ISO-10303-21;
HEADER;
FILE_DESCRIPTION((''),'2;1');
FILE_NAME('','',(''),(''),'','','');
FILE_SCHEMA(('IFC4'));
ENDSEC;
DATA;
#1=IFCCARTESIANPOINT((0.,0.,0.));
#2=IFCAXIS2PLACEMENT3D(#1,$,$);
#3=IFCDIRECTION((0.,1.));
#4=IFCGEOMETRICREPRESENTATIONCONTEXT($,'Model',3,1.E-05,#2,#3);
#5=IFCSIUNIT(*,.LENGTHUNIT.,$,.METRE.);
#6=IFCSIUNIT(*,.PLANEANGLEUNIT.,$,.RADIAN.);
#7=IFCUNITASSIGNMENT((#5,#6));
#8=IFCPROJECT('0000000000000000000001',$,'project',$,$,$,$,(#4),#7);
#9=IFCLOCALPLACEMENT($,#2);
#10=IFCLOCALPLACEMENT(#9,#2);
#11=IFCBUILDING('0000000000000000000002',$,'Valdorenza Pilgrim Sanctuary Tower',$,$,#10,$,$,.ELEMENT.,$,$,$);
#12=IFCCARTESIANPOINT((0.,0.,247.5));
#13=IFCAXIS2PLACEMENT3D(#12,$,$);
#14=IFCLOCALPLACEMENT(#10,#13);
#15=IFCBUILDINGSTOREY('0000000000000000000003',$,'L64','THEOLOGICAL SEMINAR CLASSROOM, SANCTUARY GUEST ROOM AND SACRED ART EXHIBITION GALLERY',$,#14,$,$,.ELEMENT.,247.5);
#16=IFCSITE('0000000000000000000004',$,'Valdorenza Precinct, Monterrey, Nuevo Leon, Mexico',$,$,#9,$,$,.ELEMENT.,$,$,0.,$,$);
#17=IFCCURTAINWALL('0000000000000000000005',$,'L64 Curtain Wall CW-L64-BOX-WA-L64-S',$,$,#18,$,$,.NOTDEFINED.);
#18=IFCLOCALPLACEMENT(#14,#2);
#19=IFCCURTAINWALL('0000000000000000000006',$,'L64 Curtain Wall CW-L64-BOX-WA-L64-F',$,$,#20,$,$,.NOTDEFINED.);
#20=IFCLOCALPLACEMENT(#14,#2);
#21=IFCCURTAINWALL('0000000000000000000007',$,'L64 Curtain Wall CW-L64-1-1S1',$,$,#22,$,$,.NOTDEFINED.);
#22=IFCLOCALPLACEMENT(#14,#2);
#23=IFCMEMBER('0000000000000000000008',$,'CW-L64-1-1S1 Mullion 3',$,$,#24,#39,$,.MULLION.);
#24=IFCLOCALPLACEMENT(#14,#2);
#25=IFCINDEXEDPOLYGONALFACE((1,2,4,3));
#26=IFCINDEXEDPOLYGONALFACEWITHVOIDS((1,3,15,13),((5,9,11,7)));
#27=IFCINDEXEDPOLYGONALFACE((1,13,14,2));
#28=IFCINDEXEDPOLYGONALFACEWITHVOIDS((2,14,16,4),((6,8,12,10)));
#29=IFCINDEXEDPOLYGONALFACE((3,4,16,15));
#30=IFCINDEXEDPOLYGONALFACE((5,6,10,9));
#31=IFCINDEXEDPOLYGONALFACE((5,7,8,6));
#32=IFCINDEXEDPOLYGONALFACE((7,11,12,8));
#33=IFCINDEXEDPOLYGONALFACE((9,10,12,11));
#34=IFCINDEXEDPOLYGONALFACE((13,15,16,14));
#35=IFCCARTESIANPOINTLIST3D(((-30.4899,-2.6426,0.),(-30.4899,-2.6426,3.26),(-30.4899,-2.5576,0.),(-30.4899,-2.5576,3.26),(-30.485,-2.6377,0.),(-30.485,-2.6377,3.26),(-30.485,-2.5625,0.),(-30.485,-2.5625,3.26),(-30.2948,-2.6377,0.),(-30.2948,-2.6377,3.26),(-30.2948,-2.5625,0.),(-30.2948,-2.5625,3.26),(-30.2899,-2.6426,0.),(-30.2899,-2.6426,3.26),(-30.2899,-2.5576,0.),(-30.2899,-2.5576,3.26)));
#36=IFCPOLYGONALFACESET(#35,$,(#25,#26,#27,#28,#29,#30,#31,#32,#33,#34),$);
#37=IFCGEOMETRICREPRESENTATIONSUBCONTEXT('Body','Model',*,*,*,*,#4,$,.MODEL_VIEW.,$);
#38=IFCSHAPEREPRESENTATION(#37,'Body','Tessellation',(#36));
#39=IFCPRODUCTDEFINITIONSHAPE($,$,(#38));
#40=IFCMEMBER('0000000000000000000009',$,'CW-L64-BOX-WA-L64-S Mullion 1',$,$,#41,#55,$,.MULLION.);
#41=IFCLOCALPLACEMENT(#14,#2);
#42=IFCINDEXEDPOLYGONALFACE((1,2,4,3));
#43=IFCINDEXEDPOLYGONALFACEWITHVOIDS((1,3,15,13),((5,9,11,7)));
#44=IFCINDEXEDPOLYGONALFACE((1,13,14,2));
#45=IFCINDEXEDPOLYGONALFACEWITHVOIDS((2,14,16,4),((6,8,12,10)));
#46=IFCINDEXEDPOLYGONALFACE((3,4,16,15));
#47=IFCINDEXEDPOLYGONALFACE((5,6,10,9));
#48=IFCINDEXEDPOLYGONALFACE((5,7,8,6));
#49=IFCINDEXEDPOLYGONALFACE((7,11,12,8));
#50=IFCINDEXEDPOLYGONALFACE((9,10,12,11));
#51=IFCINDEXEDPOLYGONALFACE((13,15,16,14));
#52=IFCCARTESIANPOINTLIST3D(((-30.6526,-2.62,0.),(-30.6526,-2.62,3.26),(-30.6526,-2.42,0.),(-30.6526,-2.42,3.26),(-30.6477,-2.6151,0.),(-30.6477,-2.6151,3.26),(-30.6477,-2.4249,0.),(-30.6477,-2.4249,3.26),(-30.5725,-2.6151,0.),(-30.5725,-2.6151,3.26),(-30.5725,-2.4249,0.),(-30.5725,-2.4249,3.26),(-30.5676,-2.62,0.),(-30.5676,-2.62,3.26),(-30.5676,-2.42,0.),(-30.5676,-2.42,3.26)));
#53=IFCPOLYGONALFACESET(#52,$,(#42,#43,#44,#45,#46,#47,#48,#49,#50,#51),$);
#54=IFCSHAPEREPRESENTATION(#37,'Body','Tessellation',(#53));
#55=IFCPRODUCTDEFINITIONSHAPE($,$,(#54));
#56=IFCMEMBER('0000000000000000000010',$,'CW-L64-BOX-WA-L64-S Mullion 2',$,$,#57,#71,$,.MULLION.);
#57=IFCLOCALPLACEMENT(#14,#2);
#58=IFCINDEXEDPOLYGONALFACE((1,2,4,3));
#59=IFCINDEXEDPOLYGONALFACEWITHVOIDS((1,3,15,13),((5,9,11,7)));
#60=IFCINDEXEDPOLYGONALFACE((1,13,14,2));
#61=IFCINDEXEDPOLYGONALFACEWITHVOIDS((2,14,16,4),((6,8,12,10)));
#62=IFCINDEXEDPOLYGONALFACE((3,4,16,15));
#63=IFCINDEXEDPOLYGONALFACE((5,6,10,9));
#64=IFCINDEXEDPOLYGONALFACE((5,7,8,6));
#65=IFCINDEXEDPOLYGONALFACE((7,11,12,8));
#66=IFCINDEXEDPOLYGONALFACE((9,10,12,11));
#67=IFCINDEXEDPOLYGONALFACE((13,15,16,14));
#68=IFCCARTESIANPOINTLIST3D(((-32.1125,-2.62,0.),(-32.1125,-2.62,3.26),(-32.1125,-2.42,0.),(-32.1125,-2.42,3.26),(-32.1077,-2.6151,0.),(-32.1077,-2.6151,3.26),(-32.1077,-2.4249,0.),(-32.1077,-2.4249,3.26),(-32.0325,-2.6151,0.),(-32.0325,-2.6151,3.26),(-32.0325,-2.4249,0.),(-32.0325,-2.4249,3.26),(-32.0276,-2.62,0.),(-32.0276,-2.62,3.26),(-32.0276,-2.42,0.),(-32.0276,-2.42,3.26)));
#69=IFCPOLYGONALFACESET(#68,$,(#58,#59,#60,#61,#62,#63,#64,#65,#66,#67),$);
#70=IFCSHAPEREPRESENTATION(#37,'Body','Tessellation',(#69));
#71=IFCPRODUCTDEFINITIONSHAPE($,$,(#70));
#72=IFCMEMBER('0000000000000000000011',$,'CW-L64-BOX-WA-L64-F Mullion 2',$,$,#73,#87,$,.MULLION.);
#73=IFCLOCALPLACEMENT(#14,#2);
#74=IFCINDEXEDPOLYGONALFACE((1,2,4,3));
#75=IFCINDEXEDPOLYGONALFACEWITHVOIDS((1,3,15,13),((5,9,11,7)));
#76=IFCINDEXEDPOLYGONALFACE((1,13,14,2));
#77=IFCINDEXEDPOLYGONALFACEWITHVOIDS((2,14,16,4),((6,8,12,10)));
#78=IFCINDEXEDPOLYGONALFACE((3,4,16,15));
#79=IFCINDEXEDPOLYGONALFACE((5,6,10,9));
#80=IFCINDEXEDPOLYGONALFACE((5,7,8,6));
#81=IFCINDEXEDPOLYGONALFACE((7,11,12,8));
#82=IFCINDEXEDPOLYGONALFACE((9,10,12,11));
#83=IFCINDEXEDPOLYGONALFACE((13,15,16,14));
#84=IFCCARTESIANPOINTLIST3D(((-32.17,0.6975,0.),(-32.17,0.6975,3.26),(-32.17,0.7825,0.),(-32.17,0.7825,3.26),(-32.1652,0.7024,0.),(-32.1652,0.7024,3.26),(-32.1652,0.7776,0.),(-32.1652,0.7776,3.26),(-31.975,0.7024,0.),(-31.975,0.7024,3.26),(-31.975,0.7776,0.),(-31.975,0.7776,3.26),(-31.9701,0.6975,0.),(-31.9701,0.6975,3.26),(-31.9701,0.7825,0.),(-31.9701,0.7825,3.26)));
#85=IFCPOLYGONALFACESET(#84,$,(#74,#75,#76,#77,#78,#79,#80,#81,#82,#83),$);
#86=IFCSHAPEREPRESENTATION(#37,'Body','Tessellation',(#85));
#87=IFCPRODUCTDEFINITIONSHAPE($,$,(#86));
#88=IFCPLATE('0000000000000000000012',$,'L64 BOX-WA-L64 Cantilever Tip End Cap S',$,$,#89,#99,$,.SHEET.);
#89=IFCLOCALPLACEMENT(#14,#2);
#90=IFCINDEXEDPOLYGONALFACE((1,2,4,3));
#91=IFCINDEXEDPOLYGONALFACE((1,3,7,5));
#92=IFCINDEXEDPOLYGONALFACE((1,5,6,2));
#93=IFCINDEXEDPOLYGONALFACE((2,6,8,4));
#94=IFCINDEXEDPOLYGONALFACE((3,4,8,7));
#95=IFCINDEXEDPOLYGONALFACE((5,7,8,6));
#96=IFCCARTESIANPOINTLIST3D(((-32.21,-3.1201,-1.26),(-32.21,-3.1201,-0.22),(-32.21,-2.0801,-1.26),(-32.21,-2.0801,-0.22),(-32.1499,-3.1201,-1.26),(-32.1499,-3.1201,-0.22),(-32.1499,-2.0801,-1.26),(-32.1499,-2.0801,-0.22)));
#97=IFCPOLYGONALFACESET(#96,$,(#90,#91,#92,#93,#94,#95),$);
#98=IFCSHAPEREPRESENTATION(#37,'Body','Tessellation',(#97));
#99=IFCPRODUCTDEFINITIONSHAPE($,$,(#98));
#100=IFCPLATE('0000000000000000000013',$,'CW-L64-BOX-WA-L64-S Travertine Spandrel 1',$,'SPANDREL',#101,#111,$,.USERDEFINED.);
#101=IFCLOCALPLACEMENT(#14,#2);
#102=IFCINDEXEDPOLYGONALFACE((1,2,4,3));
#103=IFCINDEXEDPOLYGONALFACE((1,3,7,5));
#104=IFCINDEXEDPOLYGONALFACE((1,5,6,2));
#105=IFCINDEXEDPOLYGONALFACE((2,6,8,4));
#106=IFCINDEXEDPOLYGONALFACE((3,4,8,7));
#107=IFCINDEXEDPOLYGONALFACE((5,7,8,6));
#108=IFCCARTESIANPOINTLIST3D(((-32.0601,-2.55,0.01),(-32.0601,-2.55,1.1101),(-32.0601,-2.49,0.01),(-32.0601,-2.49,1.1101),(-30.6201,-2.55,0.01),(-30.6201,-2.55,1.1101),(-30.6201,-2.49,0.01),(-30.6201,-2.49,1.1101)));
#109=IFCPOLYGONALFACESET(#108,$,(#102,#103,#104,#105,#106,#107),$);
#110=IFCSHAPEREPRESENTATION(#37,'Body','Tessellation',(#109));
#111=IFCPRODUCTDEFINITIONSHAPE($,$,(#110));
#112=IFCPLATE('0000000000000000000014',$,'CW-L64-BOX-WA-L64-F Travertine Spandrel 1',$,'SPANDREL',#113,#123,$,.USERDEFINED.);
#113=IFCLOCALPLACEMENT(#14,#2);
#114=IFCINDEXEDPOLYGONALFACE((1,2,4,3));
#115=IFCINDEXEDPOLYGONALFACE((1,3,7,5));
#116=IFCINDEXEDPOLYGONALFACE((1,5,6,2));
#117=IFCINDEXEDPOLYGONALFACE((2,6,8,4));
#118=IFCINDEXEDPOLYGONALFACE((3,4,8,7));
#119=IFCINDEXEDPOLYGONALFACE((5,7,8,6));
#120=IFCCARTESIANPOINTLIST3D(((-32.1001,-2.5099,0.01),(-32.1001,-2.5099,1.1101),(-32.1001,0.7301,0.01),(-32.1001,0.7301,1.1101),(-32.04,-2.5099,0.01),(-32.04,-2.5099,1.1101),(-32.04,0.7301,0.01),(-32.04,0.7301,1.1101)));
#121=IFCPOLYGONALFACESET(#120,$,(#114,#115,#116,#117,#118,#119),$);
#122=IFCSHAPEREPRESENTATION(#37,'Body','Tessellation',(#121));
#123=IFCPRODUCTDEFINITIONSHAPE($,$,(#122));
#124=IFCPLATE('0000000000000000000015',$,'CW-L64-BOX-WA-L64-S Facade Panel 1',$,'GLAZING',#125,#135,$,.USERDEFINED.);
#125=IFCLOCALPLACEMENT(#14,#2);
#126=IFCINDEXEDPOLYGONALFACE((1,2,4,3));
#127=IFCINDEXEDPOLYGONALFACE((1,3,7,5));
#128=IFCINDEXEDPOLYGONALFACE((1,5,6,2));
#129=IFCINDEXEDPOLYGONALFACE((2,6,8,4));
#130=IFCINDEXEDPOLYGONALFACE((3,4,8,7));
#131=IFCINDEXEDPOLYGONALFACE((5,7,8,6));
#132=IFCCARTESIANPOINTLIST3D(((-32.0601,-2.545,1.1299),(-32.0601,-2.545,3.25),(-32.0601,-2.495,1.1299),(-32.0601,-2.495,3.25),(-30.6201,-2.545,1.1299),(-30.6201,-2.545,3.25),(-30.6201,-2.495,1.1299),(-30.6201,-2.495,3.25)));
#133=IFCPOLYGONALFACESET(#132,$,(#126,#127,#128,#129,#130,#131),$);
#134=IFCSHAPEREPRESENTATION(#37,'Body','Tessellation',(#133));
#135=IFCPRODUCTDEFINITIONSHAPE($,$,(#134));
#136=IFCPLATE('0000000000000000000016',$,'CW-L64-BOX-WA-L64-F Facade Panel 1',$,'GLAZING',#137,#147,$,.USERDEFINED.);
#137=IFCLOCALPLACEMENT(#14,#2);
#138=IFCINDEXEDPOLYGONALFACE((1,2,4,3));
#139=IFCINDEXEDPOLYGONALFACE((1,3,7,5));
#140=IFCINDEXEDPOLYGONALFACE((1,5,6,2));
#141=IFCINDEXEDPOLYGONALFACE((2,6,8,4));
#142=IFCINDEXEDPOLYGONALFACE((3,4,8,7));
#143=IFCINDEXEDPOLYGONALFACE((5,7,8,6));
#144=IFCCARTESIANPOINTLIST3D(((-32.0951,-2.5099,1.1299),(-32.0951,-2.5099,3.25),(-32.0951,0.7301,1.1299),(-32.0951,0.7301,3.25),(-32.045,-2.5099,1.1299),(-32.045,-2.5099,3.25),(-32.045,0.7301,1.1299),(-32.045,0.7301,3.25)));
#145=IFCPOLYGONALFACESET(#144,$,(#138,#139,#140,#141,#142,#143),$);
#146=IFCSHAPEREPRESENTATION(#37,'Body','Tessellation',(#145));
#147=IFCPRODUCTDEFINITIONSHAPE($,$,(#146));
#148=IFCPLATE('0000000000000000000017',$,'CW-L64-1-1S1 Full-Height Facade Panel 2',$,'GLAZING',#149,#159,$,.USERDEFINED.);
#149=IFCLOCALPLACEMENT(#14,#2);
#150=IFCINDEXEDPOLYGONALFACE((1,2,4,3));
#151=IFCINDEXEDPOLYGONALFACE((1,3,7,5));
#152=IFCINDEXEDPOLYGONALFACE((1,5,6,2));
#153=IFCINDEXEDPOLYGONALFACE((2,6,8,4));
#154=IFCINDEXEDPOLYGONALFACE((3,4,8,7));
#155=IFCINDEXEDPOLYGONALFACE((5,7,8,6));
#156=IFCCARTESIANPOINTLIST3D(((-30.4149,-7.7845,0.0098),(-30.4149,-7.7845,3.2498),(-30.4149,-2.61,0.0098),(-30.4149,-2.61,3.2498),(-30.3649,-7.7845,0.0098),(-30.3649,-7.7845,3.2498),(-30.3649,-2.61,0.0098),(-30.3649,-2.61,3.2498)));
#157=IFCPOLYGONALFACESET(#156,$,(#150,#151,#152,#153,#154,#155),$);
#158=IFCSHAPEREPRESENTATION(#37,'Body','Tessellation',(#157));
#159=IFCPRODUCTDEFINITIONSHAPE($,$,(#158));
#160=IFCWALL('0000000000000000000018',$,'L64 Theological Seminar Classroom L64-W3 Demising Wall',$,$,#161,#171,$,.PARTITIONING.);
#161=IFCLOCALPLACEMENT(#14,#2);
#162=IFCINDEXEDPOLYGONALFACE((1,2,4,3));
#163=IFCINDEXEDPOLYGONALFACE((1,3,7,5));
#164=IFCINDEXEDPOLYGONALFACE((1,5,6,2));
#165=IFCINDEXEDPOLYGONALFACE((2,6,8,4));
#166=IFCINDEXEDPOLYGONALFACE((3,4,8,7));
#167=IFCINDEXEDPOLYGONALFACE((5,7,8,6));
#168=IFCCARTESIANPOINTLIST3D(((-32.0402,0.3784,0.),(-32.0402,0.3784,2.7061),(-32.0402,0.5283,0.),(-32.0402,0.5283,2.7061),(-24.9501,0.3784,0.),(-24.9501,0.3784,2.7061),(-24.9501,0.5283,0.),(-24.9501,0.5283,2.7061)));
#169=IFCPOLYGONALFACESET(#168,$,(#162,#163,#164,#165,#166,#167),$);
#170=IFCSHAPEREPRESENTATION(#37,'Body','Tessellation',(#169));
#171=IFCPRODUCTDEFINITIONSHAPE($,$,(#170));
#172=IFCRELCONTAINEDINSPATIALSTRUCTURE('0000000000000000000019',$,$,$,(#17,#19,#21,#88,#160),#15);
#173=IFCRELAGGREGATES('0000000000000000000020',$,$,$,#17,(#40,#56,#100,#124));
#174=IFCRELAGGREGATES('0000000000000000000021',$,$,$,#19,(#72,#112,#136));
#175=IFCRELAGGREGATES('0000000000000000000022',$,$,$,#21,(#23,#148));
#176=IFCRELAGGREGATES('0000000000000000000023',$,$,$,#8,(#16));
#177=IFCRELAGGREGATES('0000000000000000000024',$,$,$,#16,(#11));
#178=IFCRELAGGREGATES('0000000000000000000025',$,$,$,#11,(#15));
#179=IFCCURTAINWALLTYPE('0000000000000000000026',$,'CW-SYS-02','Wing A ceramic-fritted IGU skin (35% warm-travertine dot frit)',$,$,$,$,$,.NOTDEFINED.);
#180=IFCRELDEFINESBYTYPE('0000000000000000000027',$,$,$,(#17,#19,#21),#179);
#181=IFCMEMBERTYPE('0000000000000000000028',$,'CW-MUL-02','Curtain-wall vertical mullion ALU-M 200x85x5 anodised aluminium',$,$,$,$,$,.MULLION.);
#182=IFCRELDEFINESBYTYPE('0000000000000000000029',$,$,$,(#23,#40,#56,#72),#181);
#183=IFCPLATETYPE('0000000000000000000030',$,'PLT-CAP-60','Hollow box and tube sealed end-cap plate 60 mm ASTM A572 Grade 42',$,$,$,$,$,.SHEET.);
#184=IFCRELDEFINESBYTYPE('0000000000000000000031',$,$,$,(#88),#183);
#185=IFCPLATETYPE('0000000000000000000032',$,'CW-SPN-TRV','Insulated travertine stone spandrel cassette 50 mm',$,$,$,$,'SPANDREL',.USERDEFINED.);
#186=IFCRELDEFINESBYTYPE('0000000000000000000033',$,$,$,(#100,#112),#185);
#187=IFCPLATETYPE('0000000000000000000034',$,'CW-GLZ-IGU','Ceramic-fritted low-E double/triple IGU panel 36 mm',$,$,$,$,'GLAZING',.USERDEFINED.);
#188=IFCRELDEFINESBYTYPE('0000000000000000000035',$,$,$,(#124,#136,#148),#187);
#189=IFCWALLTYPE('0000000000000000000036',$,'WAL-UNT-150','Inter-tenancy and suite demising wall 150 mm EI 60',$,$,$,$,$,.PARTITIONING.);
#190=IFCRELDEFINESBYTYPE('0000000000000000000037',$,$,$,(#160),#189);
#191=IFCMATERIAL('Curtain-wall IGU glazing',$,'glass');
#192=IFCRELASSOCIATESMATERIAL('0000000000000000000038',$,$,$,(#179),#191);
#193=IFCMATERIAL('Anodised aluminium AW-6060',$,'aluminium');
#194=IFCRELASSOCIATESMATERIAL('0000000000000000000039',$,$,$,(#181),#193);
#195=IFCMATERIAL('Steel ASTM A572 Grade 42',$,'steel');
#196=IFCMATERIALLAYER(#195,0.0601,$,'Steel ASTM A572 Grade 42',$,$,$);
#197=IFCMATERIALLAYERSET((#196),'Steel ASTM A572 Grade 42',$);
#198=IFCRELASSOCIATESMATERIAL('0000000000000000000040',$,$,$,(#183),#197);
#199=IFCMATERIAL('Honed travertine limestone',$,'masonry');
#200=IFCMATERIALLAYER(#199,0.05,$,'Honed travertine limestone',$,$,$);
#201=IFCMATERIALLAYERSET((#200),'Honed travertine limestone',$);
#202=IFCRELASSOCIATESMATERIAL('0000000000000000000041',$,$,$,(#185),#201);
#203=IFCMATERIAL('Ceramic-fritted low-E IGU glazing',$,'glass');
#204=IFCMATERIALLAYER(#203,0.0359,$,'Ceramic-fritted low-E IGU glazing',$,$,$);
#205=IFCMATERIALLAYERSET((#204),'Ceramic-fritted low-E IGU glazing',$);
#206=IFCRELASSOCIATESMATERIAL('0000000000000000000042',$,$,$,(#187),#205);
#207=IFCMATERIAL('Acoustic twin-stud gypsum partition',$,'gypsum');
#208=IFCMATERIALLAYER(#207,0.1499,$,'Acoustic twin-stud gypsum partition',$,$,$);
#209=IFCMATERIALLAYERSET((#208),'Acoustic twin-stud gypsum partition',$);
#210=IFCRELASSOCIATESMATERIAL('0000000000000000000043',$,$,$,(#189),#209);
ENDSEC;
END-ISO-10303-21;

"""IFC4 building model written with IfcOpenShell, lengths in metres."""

from ifc_helpers import new_model, si_unit, direction, frame, frame_2d, origin, origin_2d, place, context, subcontext, project, spatial, rectangle, hollow_rectangle, extrude, source, transform, mapped, material, layer, layer_set, material_profile, profile_set, type_object, element, aggregate, save


model = new_model("IFC4")

# Units and contexts
model_context = context("Model", 3, precision=1e-05, world=origin(), true_north=direction((0.0, 1.0)))
body_context = subcontext(model_context, "Body", "Model", "MODEL_VIEW")
ifc_project = project(units=[si_unit("LENGTHUNIT", "METRE"), si_unit("PLANEANGLEUNIT", "RADIAN")], contexts=[model_context])

# Site, building, storey
site_placement = place(None, origin())
site = spatial("IfcSite", under=ifc_project, at=site_placement, Name="Valdorenza Precinct, Monterrey, Nuevo Leon, Mexico", CompositionType="ELEMENT", RefElevation=0.0)
building_placement = place(site_placement, origin())
building = spatial("IfcBuilding", under=site, at=building_placement, Name="Valdorenza Pilgrim Sanctuary Tower", CompositionType="ELEMENT")
storey_placement = place(building_placement, frame((0.0, 0.0, 247.5)))
storey = spatial("IfcBuildingStorey", under=building, at=storey_placement, Name="L64", Description="THEOLOGICAL SEMINAR CLASSROOM, SANCTUARY GUEST ROOM AND SACRED ART EXHIBITION GALLERY", CompositionType="ELEMENT", Elevation=247.5)

# Shared definitions
ifc_material_1 = material(Name="Steel ASTM A572 Grade 42", Category="steel")

# Curtain walls, member
ifc_material_2 = material(Name="Curtain-wall IGU glazing", Category="glass")
curtain_wall_type = type_object("IfcCurtainWallType", Name="CW-SYS-02", Description="Wing A ceramic-fritted IGU skin (35% warm-travertine dot frit)", PredefinedType="NOTDEFINED", material=ifc_material_2)
curtain_wall_1_placement = place(storey_placement, origin())
curtain_wall_1 = element("IfcCurtainWall", 1, at=curtain_wall_1_placement, inside=storey, type_object=curtain_wall_type, Name="L64 Curtain Wall CW-L64-BOX-WA-L64-S", PredefinedType="NOTDEFINED")
ifc_material_3 = material(Name="Anodised aluminium AW-6060", Category="aluminium")
curtain_wall_2_placement = place(storey_placement, origin())
curtain_wall_2 = element("IfcCurtainWall", 2, at=curtain_wall_2_placement, inside=storey, type_object=curtain_wall_type, Name="L64 Curtain Wall CW-L64-BOX-WA-L64-F", PredefinedType="NOTDEFINED")
curtain_wall_3_placement = place(storey_placement, origin())
curtain_wall_3 = element("IfcCurtainWall", 3, at=curtain_wall_3_placement, inside=storey, type_object=curtain_wall_type, Name="L64 Curtain Wall CW-L64-1-1S1", PredefinedType="NOTDEFINED")
ifc_material_profile_1 = material_profile(ifc_material_3, hollow_rectangle(XDim=0.085, YDim=0.2, WallThickness=0.0049, at=origin_2d()), Name="ALU-M 200x85x5")
ifc_profile_set_1 = profile_set([ifc_material_profile_1], Name="Anodised aluminium AW-6060")
member_type_1 = type_object("IfcMemberType", Name="CW-MUL-02", Description="Curtain-wall vertical mullion ALU-M 200x85x5 anodised aluminium", PredefinedType="MULLION", material=ifc_profile_set_1)
shared_shape_1 = source(origin(), body_context, "Body", "SweptSolid", [
    extrude(hollow_rectangle(XDim=0.085, YDim=0.2, WallThickness=0.0049, at=origin_2d()), origin(), (0.0, 0.0, 1.0), 3.26),
])
member_1_placement = place(storey_placement, frame((-30.3899, -2.6001, 0.0), z_axis=(0.0, 0.0, 1.0), x_axis=(0.0, 1.0, 0.0)))
member_1 = element("IfcMember", 4, at=member_1_placement, type_object=member_type_1, Name="CW-L64-1-1S1 Mullion 3", PredefinedType="MULLION", context=body_context, shape_type="MappedRepresentation", body=[
    mapped(shared_shape_1, transform((0.0, 0.0, 0.0), x_axis=(1.0, 0.0, 0.0), y_axis=(0.0, 1.0, 0.0), z_axis=(0.0, 0.0, 1.0), scale=1.0)),
])

# Members
member_2_placement = place(storey_placement, frame((-30.6101, -2.52, 0.0), z_axis=(0.0, 0.0, 1.0), x_axis=(-1.0, 0.0, 0.0)))
member_2 = element("IfcMember", 5, at=member_2_placement, type_object=member_type_1, Name="CW-L64-BOX-WA-L64-S Mullion 1", PredefinedType="MULLION", context=body_context, shape_type="MappedRepresentation", body=[
    mapped(shared_shape_1, transform((0.0, 0.0, 0.0), x_axis=(1.0, 0.0, 0.0), y_axis=(0.0, 1.0, 0.0), z_axis=(0.0, 0.0, 1.0), scale=1.0)),
])
member_3_placement = place(storey_placement, frame((-32.0701, -2.52, 0.0), z_axis=(0.0, 0.0, 1.0), x_axis=(-1.0, 0.0, 0.0)))
member_3 = element("IfcMember", 6, at=member_3_placement, type_object=member_type_1, Name="CW-L64-BOX-WA-L64-S Mullion 2", PredefinedType="MULLION", context=body_context, shape_type="MappedRepresentation", body=[
    mapped(shared_shape_1, transform((0.0, 0.0, 0.0), x_axis=(1.0, 0.0, 0.0), y_axis=(0.0, 1.0, 0.0), z_axis=(0.0, 0.0, 1.0), scale=1.0)),
])
member_4_placement = place(storey_placement, frame((-32.0701, 0.74, 0.0), z_axis=(0.0, 0.0, 1.0), x_axis=(0.0, 1.0, 0.0)))
member_4 = element("IfcMember", 7, at=member_4_placement, type_object=member_type_1, Name="CW-L64-BOX-WA-L64-F Mullion 2", PredefinedType="MULLION", context=body_context, shape_type="MappedRepresentation", body=[
    mapped(shared_shape_1, transform((0.0, 0.0, 0.0), x_axis=(1.0, 0.0, 0.0), y_axis=(0.0, 1.0, 0.0), z_axis=(0.0, 0.0, 1.0), scale=1.0)),
])

# Plates
ifc_layer_1 = layer(ifc_material_1, 0.0601, Name="Steel ASTM A572 Grade 42")
ifc_layer_set_1 = layer_set([ifc_layer_1], Name="Steel ASTM A572 Grade 42")
plate_type_1 = type_object("IfcPlateType", Name="PLT-CAP-60", Description="Hollow box and tube sealed end-cap plate 60 mm ASTM A572 Grade 42", PredefinedType="SHEET", material=ifc_layer_set_1)
shared_shape_2 = source(origin(), body_context, "Body", "SweptSolid", [
    extrude(rectangle(XDim=0.0601, YDim=1.04, at=origin_2d()), origin(), (0.0, 0.0, 1.0), 1.04),
])
plate_1_placement = place(storey_placement, frame((-32.1799, -2.6001, -1.26), z_axis=(0.0, 0.0, 1.0), x_axis=(1.0, 0.0, 0.0)))
element("IfcPlate", 8, at=plate_1_placement, inside=storey, type_object=plate_type_1, Name="L64 BOX-WA-L64 Cantilever Tip End Cap S", PredefinedType="SHEET", context=body_context, shape_type="MappedRepresentation", body=[
    mapped(shared_shape_2, transform((0.0, 0.0, 0.0), x_axis=(1.0, 0.0, 0.0), y_axis=(0.0, 1.0, 0.0), z_axis=(0.0, 0.0, 1.0), scale=1.0)),
])
ifc_material_4 = material(Name="Honed travertine limestone", Category="masonry")
ifc_layer_2 = layer(ifc_material_4, 0.05, Name="Honed travertine limestone")
ifc_layer_set_2 = layer_set([ifc_layer_2], Name="Honed travertine limestone")
plate_type_2 = type_object("IfcPlateType", Name="CW-SPN-TRV", Description="Insulated travertine stone spandrel cassette 50 mm", ElementType="SPANDREL", PredefinedType="USERDEFINED", material=ifc_layer_set_2)
shared_shape_3 = source(origin(), body_context, "Body", "SweptSolid", [
    extrude(rectangle(XDim=1.4399, YDim=0.0601, at=origin_2d()), origin(), (0.0, 0.0, 1.0), 1.1001),
])
plate_2_placement = place(storey_placement, frame((-31.3401, -2.52, 0.01), z_axis=(0.0, 0.0, 1.0), x_axis=(-1.0, 0.0, 0.0)))
plate_2 = element("IfcPlate", 9, at=plate_2_placement, type_object=plate_type_2, Name="CW-L64-BOX-WA-L64-S Travertine Spandrel 1", ObjectType="SPANDREL", PredefinedType="USERDEFINED", context=body_context, shape_type="MappedRepresentation", body=[
    mapped(shared_shape_3, transform((0.0, 0.0, 0.0), x_axis=(1.0, 0.0, 0.0), y_axis=(0.0, 1.0, 0.0), z_axis=(0.0, 0.0, 1.0), scale=1.0)),
])
shared_shape_4 = source(origin(), body_context, "Body", "SweptSolid", [
    extrude(rectangle(XDim=3.24, YDim=0.0601, at=origin_2d()), origin(), (0.0, 0.0, 1.0), 1.1001),
])
plate_3_placement = place(storey_placement, frame((-32.0701, -0.8899, 0.01), z_axis=(0.0, 0.0, 1.0), x_axis=(0.0, 1.0, 0.0)))
plate_3 = element("IfcPlate", 10, at=plate_3_placement, type_object=plate_type_2, Name="CW-L64-BOX-WA-L64-F Travertine Spandrel 1", ObjectType="SPANDREL", PredefinedType="USERDEFINED", context=body_context, shape_type="MappedRepresentation", body=[
    mapped(shared_shape_4, transform((0.0, 0.0, 0.0), x_axis=(1.0, 0.0, 0.0), y_axis=(0.0, 1.0, 0.0), z_axis=(0.0, 0.0, 1.0), scale=1.0)),
])
ifc_material_5 = material(Name="Ceramic-fritted low-E IGU glazing", Category="glass")
ifc_layer_3 = layer(ifc_material_5, 0.0359, Name="Ceramic-fritted low-E IGU glazing")
ifc_layer_set_3 = layer_set([ifc_layer_3], Name="Ceramic-fritted low-E IGU glazing")
plate_type_3 = type_object("IfcPlateType", Name="CW-GLZ-IGU", Description="Ceramic-fritted low-E double/triple IGU panel 36 mm", ElementType="GLAZING", PredefinedType="USERDEFINED", material=ifc_layer_set_3)
shared_shape_5 = source(origin(), body_context, "Body", "SweptSolid", [
    extrude(rectangle(XDim=1.4399, YDim=0.05, at=origin_2d()), origin(), (0.0, 0.0, 1.0), 2.1201),
])
plate_4_placement = place(storey_placement, frame((-31.3401, -2.52, 1.1299), z_axis=(0.0, 0.0, 1.0), x_axis=(-1.0, 0.0, 0.0)))
plate_4 = element("IfcPlate", 11, at=plate_4_placement, type_object=plate_type_3, Name="CW-L64-BOX-WA-L64-S Facade Panel 1", ObjectType="GLAZING", PredefinedType="USERDEFINED", context=body_context, shape_type="MappedRepresentation", body=[
    mapped(shared_shape_5, transform((0.0, 0.0, 0.0), x_axis=(1.0, 0.0, 0.0), y_axis=(0.0, 1.0, 0.0), z_axis=(0.0, 0.0, 1.0), scale=1.0)),
])
aggregate(curtain_wall_1, [member_2, member_3, plate_2, plate_4])
shared_shape_6 = source(origin(), body_context, "Body", "SweptSolid", [
    extrude(rectangle(XDim=3.24, YDim=0.05, at=origin_2d()), origin(), (0.0, 0.0, 1.0), 2.1201),
])
plate_5_placement = place(storey_placement, frame((-32.0701, -0.8899, 1.1299), z_axis=(0.0, 0.0, 1.0), x_axis=(0.0, 1.0, 0.0)))
plate_5 = element("IfcPlate", 12, at=plate_5_placement, type_object=plate_type_3, Name="CW-L64-BOX-WA-L64-F Facade Panel 1", ObjectType="GLAZING", PredefinedType="USERDEFINED", context=body_context, shape_type="MappedRepresentation", body=[
    mapped(shared_shape_6, transform((0.0, 0.0, 0.0), x_axis=(1.0, 0.0, 0.0), y_axis=(0.0, 1.0, 0.0), z_axis=(0.0, 0.0, 1.0), scale=1.0)),
])
aggregate(curtain_wall_2, [member_4, plate_3, plate_5])
shared_shape_7 = source(origin(), body_context, "Body", "SweptSolid", [
    extrude(rectangle(XDim=5.1746, YDim=0.05, at=origin_2d()), origin(), (0.0, 0.0, 1.0), 3.24),
])
plate_6_placement = place(storey_placement, frame((-30.3899, -5.1973, 0.0098), z_axis=(0.0, 0.0, 1.0), x_axis=(0.0, 1.0, 0.0)))
plate_6 = element("IfcPlate", 13, at=plate_6_placement, type_object=plate_type_3, Name="CW-L64-1-1S1 Full-Height Facade Panel 2", ObjectType="GLAZING", PredefinedType="USERDEFINED", context=body_context, shape_type="MappedRepresentation", body=[
    mapped(shared_shape_7, transform((0.0, 0.0, 0.0), x_axis=(1.0, 0.0, 0.0), y_axis=(0.0, 1.0, 0.0), z_axis=(0.0, 0.0, 1.0), scale=1.0)),
])
aggregate(curtain_wall_3, [member_1, plate_6])

# Wall
ifc_material_6 = material(Name="Acoustic twin-stud gypsum partition", Category="gypsum")
ifc_layer_4 = layer(ifc_material_6, 0.1499, Name="Acoustic twin-stud gypsum partition")
ifc_layer_set_4 = layer_set([ifc_layer_4], Name="Acoustic twin-stud gypsum partition")
wall_type_1 = type_object("IfcWallType", Name="WAL-UNT-150", Description="Inter-tenancy and suite demising wall 150 mm EI 60", PredefinedType="PARTITIONING", material=ifc_layer_set_4)
wall_1_placement = place(storey_placement, frame((-32.04, 0.4534, 0.0), z_axis=(0.0, 0.0, 1.0), x_axis=(1.0, 0.0, 0.0)))
element("IfcWall", 14, at=wall_1_placement, inside=storey, type_object=wall_type_1, Name="L64 Theological Seminar Classroom L64-W3 Demising Wall", PredefinedType="PARTITIONING", context=body_context, shape_type="SweptSolid", body=[
    extrude(rectangle(XDim=7.0901, YDim=0.1499, at=frame_2d((3.5449, 0.0))), origin(), (0.0, 0.0, 1.0), 2.7061),
])

save(model, "model.ifc")
